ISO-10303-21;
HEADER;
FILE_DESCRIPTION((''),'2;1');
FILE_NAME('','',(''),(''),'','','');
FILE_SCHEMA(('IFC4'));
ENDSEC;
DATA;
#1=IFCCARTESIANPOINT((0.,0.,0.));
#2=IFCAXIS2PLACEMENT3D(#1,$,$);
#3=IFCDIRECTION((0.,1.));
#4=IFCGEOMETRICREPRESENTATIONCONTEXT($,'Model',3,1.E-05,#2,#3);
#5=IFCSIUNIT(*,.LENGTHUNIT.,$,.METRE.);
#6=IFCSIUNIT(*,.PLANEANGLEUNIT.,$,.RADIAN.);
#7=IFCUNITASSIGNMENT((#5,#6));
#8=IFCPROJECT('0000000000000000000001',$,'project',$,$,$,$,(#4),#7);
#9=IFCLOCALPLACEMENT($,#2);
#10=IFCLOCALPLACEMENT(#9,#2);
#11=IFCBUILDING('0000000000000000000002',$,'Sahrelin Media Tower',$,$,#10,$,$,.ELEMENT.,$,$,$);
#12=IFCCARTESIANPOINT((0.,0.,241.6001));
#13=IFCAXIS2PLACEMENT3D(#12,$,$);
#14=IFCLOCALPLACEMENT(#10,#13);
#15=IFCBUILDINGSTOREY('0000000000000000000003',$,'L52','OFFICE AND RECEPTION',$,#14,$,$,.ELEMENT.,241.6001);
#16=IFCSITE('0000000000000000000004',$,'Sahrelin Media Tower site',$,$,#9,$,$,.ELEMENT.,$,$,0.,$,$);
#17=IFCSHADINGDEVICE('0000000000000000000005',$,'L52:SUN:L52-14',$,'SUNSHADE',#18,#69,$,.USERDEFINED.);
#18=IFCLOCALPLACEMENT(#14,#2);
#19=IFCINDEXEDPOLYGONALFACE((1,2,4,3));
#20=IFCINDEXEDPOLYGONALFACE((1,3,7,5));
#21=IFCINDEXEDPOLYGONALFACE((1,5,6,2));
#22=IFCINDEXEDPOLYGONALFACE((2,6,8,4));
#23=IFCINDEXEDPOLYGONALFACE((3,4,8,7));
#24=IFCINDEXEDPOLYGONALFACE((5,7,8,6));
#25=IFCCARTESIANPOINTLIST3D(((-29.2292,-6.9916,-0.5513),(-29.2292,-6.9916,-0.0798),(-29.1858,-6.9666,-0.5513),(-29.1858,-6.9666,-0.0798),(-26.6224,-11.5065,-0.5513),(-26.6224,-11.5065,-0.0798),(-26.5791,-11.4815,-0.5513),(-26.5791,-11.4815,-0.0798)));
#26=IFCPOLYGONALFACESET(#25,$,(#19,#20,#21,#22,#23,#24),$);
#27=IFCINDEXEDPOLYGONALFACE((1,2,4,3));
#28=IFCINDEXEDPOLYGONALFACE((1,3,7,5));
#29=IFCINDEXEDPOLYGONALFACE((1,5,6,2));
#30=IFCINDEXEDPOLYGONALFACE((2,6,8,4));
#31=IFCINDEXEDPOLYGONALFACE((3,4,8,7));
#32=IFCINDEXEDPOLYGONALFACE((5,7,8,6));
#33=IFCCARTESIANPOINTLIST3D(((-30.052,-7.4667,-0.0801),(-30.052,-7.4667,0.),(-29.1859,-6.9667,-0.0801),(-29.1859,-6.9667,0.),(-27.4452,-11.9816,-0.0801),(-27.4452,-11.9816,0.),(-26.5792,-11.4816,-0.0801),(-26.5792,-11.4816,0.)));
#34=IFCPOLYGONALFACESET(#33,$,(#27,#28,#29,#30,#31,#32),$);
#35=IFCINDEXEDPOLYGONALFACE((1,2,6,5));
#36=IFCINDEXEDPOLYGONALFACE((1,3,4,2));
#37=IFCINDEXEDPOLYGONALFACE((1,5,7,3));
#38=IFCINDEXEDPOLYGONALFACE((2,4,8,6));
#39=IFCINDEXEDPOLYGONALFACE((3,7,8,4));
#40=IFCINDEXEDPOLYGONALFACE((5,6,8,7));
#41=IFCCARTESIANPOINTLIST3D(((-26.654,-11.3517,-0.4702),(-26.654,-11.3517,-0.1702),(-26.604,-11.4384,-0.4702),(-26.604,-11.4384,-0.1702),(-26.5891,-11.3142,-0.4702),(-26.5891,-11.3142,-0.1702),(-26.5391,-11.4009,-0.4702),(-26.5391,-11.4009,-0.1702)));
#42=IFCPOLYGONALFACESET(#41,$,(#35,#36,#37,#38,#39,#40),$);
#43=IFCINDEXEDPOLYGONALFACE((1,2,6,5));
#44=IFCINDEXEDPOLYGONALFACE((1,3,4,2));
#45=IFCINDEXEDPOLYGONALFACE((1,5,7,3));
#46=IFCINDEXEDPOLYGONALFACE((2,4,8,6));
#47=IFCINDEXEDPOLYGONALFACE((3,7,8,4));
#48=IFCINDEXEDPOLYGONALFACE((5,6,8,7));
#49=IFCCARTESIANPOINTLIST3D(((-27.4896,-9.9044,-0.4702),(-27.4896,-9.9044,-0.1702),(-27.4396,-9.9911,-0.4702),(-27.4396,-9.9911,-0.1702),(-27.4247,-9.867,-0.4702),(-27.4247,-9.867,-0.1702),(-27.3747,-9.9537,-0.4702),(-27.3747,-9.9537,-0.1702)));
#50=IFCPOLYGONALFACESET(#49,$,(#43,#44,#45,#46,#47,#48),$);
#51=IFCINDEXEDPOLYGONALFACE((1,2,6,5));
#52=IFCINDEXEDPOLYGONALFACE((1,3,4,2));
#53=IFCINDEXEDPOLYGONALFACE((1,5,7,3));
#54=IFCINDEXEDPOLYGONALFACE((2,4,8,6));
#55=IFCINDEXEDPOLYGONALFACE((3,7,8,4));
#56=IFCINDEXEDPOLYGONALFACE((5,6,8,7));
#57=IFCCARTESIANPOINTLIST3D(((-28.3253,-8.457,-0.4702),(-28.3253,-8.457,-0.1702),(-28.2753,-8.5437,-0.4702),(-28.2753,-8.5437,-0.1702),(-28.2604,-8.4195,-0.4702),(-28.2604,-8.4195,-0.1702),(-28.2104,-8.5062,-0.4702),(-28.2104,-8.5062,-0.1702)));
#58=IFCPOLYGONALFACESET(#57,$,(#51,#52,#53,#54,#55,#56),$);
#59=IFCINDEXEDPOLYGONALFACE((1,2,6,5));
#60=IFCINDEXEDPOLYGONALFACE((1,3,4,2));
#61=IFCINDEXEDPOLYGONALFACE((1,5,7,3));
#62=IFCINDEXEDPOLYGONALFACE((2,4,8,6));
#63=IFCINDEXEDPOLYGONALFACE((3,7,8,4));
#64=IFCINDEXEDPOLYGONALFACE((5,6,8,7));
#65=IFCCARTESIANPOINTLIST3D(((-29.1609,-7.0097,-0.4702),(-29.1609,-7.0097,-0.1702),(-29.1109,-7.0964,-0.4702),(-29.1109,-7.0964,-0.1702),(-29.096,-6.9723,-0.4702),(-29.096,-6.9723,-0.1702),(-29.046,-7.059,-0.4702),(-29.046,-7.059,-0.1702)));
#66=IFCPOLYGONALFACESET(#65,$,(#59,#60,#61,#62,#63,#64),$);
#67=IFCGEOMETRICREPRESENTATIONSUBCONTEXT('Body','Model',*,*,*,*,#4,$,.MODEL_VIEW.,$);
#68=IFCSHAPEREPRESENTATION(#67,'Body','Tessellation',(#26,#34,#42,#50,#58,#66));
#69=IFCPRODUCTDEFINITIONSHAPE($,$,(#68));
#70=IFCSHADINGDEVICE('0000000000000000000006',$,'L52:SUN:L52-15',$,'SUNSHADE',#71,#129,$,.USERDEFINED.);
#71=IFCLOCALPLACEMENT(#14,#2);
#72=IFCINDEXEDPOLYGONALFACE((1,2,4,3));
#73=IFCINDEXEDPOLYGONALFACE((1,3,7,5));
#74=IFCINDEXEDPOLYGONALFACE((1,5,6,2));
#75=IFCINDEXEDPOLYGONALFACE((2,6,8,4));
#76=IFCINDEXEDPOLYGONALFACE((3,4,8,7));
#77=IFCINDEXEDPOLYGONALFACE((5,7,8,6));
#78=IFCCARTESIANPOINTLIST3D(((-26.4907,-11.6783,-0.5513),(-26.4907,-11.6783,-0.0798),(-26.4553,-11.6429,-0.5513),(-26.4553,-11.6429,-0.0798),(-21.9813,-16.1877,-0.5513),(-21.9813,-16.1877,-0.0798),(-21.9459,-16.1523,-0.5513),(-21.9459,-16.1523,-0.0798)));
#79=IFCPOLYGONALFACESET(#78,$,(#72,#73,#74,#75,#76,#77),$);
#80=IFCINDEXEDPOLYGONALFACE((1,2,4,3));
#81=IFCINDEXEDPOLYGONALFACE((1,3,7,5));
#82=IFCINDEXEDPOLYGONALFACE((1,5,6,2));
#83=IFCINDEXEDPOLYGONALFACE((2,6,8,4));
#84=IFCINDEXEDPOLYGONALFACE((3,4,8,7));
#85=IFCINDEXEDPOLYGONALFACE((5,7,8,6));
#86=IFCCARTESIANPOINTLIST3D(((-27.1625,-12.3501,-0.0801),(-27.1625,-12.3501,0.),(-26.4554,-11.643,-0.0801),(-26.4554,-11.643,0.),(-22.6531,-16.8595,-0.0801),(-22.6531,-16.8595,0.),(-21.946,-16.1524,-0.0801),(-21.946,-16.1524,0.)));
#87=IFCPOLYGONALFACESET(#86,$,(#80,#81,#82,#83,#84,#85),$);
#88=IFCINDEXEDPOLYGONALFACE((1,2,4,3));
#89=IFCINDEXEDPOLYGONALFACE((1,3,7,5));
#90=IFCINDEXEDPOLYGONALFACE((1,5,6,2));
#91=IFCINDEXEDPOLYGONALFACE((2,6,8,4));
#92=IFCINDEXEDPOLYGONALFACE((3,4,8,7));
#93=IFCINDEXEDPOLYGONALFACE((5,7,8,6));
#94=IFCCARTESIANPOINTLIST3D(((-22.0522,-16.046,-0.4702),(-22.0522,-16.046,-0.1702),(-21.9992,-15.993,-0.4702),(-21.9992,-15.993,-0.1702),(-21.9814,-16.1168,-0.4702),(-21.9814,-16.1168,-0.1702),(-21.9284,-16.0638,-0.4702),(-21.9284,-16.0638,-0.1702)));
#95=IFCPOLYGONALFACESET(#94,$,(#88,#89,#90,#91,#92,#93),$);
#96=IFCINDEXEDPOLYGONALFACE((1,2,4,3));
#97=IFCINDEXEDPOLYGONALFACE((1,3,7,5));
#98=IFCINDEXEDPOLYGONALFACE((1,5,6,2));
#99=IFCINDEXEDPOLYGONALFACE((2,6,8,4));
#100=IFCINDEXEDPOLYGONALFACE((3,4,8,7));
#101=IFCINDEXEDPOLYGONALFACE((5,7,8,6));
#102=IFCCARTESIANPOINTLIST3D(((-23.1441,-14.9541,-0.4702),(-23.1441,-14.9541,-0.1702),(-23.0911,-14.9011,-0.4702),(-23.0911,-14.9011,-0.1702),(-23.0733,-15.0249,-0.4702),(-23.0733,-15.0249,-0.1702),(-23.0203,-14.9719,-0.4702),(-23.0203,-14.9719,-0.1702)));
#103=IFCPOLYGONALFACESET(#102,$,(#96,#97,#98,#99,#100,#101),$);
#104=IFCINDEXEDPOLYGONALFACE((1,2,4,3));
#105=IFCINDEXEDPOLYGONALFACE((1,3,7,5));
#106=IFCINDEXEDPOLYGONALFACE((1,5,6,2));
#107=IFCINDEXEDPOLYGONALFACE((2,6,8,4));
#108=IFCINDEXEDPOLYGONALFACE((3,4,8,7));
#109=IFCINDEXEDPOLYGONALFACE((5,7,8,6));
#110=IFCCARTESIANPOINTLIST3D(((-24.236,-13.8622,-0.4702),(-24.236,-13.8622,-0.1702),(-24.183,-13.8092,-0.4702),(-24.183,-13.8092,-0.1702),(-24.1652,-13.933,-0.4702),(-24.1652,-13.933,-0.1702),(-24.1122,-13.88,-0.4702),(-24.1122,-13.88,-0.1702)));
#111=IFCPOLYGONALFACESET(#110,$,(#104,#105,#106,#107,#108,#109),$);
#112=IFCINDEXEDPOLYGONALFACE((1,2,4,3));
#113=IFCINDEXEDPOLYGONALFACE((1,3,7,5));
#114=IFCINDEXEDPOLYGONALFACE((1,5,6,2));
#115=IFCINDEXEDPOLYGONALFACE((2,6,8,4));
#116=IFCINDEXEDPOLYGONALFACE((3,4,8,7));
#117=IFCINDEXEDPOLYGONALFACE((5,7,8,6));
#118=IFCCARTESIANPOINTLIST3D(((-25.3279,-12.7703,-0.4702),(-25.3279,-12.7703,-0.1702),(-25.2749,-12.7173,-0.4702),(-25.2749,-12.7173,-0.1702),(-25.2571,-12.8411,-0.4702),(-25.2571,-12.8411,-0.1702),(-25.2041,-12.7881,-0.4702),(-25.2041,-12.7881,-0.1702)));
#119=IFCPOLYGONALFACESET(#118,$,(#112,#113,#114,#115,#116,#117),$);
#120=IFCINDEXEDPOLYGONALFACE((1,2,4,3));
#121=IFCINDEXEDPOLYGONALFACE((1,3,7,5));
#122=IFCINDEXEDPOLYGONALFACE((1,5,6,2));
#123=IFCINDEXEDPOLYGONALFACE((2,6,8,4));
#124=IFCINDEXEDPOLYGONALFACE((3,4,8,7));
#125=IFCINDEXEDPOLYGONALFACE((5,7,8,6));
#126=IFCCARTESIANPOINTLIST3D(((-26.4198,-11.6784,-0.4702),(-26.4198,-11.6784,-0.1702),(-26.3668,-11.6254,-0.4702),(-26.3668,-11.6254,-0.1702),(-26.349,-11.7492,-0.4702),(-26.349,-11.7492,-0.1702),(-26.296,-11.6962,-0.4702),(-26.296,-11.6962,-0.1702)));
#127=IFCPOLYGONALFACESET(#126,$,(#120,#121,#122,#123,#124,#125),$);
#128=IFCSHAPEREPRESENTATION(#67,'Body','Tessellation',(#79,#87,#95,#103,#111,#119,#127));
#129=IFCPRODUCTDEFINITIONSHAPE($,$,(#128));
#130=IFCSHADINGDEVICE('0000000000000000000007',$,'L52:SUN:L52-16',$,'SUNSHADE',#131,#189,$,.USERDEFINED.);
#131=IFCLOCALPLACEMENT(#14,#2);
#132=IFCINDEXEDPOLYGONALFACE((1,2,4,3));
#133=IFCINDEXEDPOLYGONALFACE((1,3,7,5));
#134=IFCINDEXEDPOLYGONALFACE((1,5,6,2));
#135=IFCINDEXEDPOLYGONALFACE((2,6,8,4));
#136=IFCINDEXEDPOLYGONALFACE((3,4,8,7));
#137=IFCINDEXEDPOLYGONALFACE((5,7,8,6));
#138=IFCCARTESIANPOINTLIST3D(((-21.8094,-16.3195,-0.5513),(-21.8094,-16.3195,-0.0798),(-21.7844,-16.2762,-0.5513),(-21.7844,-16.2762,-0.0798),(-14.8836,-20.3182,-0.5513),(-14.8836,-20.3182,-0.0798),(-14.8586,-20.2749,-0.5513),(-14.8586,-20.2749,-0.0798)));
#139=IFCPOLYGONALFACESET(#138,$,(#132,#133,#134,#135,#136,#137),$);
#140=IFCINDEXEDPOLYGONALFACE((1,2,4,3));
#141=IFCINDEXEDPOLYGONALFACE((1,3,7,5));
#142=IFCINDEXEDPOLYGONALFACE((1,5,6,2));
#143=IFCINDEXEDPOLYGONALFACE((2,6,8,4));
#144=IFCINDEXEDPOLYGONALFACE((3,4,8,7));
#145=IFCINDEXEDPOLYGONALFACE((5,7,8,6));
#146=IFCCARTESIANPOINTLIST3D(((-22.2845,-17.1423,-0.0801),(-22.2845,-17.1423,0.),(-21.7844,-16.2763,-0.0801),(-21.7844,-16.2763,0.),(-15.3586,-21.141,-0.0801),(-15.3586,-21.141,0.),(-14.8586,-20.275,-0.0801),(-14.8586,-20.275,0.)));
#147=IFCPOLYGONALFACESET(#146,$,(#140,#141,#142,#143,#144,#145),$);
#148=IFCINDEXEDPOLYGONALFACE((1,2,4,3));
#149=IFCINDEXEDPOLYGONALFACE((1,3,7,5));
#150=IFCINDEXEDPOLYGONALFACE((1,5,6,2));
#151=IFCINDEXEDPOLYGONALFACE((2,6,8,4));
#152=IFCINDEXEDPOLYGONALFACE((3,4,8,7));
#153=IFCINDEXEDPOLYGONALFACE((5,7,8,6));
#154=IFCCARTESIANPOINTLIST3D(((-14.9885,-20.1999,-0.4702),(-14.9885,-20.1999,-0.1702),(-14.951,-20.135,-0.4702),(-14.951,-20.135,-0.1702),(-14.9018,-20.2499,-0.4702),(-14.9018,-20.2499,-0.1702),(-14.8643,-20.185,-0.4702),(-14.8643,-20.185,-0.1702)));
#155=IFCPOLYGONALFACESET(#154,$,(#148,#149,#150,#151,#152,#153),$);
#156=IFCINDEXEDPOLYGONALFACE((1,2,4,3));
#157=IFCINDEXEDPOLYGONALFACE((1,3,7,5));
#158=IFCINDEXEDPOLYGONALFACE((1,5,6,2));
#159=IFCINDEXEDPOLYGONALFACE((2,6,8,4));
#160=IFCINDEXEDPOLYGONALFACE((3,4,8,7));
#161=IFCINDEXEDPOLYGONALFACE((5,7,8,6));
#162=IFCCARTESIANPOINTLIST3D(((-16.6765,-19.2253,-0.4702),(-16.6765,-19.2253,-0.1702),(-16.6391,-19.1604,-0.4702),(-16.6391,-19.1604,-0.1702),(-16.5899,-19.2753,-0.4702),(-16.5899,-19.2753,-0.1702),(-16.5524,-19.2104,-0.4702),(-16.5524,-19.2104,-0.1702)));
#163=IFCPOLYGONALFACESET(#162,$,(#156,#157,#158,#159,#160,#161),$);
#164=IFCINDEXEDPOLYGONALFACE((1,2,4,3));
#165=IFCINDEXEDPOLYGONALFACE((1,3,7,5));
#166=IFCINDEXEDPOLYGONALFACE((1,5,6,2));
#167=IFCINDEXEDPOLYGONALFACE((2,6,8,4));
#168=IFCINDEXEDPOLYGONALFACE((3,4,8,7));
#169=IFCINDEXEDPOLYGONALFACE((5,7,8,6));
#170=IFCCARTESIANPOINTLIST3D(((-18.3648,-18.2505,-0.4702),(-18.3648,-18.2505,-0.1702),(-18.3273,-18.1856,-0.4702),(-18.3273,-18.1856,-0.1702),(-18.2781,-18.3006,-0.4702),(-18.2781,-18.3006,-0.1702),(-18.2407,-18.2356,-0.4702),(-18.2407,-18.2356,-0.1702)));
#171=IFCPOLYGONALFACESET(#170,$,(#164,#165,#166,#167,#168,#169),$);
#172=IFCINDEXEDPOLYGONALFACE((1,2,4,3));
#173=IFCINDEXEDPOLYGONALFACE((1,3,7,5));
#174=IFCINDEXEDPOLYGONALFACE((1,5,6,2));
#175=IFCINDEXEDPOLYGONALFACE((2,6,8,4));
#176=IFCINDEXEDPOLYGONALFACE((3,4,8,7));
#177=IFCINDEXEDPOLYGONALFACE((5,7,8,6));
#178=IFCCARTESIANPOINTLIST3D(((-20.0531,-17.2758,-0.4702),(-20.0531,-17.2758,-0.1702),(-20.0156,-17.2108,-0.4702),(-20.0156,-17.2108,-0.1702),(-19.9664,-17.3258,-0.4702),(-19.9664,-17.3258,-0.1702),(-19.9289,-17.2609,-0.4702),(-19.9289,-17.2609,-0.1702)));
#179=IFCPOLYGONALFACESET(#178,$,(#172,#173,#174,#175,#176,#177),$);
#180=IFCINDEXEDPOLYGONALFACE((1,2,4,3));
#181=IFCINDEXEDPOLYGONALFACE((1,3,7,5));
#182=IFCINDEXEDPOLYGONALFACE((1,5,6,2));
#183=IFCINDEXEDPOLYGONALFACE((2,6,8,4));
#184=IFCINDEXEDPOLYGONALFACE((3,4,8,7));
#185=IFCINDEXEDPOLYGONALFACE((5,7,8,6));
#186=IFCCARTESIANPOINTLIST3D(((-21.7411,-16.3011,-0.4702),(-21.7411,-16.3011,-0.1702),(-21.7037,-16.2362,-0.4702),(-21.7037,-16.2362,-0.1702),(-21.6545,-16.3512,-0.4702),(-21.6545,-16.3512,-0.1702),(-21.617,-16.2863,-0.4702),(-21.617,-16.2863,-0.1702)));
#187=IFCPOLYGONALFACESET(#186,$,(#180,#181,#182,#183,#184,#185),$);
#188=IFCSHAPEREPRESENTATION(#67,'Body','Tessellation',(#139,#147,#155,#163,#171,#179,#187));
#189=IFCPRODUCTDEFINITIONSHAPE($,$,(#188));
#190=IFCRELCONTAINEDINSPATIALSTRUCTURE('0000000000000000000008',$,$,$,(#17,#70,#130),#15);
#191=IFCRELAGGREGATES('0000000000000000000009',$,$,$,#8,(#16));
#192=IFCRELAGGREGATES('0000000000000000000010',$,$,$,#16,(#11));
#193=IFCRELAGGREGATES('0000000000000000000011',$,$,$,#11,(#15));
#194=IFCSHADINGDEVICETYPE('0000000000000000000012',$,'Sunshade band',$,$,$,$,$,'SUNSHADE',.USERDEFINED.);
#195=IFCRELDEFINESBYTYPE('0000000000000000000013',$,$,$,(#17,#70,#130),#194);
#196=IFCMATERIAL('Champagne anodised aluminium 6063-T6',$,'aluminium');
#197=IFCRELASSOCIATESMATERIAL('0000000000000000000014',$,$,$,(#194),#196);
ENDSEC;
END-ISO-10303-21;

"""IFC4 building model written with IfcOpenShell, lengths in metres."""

from ifc_helpers import new_model, si_unit, direction, frame, origin, origin_2d, place, context, subcontext, project, spatial, rectangle, extrude, material, type_object, element, save


model = new_model("IFC4")

# Units and contexts
model_context = context("Model", 3, precision=1e-05, world=origin(), true_north=direction((0.0, 1.0)))
body_context = subcontext(model_context, "Body", "Model", "MODEL_VIEW")
ifc_project = project(units=[si_unit("LENGTHUNIT", "METRE"), si_unit("PLANEANGLEUNIT", "RADIAN")], contexts=[model_context])

# Site, building, storey
site_placement = place(None, origin())
site = spatial("IfcSite", under=ifc_project, at=site_placement, Name="Sahrelin Media Tower site", CompositionType="ELEMENT", RefElevation=0.0)
building_placement = place(site_placement, origin())
building = spatial("IfcBuilding", under=site, at=building_placement, Name="Sahrelin Media Tower", CompositionType="ELEMENT")
storey_placement = place(building_placement, frame((0.0, 0.0, 241.6001)))
storey = spatial("IfcBuildingStorey", under=building, at=storey_placement, Name="L52", Description="OFFICE AND RECEPTION", CompositionType="ELEMENT", Elevation=241.6001)

# Shared definitions
ifc_material_1 = material(Name="Champagne anodised aluminium 6063-T6", Category="aluminium")

# Shading devices
placement_1 = place(storey_placement, frame((-27.8652, -9.2141, 0.0), z_axis=(0.0, 0.0, 1.0), x_axis=(-0.500011, 0.866019, 0.0)))
placement_2 = place(storey_placement, frame((-24.1865, -13.8835, 0.0), z_axis=(0.0, 0.0, 1.0), x_axis=(-0.707107, 0.707107, 0.0)))
shading_device_type_1 = type_object("IfcShadingDeviceType", Name="Sunshade band", ElementType="SUNSHADE", PredefinedType="USERDEFINED", material=ifc_material_1)
element("IfcShadingDevice", 1, at=placement_1, inside=storey, type_object=shading_device_type_1, Name="L52:SUN:L52-14", ObjectType="SUNSHADE", PredefinedType="USERDEFINED", context=body_context, shape_type="SweptSolid", body=[
    extrude(rectangle(XDim=5.2134, YDim=0.05, at=origin_2d()), frame((0.0, 0.0449, -0.5513)), (0.0, 0.0, 1.0), 0.4714),
    extrude(rectangle(XDim=5.2134, YDim=1.0, at=origin_2d()), frame((0.0, 0.52, -0.0801)), (0.0, 0.0, 1.0), 0.0801),
    extrude(rectangle(XDim=0.1001, YDim=0.075, at=origin_2d()), frame((-2.5068, -0.0176, -0.4702)), (0.0, 0.0, 1.0), 0.3),
    extrude(rectangle(XDim=0.1001, YDim=0.075, at=origin_2d()), frame((-0.8357, -0.0176, -0.4702)), (0.0, 0.0, 1.0), 0.3),
    extrude(rectangle(XDim=0.1001, YDim=0.075, at=origin_2d()), frame((0.8357, -0.0176, -0.4702)), (0.0, 0.0, 1.0), 0.3),
    extrude(rectangle(XDim=0.1001, YDim=0.075, at=origin_2d()), frame((2.5068, -0.0176, -0.4702)), (0.0, 0.0, 1.0), 0.3),
])
element("IfcShadingDevice", 2, at=placement_2, inside=storey, type_object=shading_device_type_1, Name="L52:SUN:L52-15", ObjectType="SUNSHADE", PredefinedType="USERDEFINED", context=body_context, shape_type="SweptSolid", body=[
    extrude(rectangle(XDim=6.3772, YDim=0.05, at=origin_2d()), frame((0.0, 0.0449, -0.5513)), (0.0, 0.0, 1.0), 0.4714),
    extrude(rectangle(XDim=6.3772, YDim=1.0, at=origin_2d()), frame((0.0, 0.52, -0.0801)), (0.0, 0.0, 1.0), 0.0801),
    extrude(rectangle(XDim=0.1001, YDim=0.075, at=origin_2d()), frame((-3.0884, -0.0176, -0.4702)), (0.0, 0.0, 1.0), 0.3),
    extrude(rectangle(XDim=0.1001, YDim=0.075, at=origin_2d()), frame((-1.5442, -0.0176, -0.4702)), (0.0, 0.0, 1.0), 0.3),
    extrude(rectangle(XDim=0.1001, YDim=0.075, at=origin_2d()), frame((0.0, -0.0176, -0.4702)), (0.0, 0.0, 1.0), 0.3),
    extrude(rectangle(XDim=0.1001, YDim=0.075, at=origin_2d()), frame((1.5442, -0.0176, -0.4702)), (0.0, 0.0, 1.0), 0.3),
    extrude(rectangle(XDim=0.1001, YDim=0.075, at=origin_2d()), frame((3.0884, -0.0176, -0.4702)), (0.0, 0.0, 1.0), 0.3),
])
shading_device_1_placement = place(storey_placement, frame((-18.3115, -18.2583, 0.0), z_axis=(0.0, 0.0, 1.0), x_axis=(-0.866019, 0.500011, 0.0)))
element("IfcShadingDevice", 3, at=shading_device_1_placement, inside=storey, type_object=shading_device_type_1, Name="L52:SUN:L52-16", ObjectType="SUNSHADE", PredefinedType="USERDEFINED", context=body_context, shape_type="SweptSolid", body=[
    extrude(rectangle(XDim=7.9973, YDim=0.05, at=origin_2d()), frame((0.0, 0.0449, -0.5513)), (0.0, 0.0, 1.0), 0.4714),
    extrude(rectangle(XDim=7.9973, YDim=1.0, at=origin_2d()), frame((0.0, 0.52, -0.0801)), (0.0, 0.0, 1.0), 0.0801),
    extrude(rectangle(XDim=0.1001, YDim=0.075, at=origin_2d()), frame((-3.8987, -0.0176, -0.4702)), (0.0, 0.0, 1.0), 0.3),
    extrude(rectangle(XDim=0.1001, YDim=0.075, at=origin_2d()), frame((-1.9495, -0.0176, -0.4702)), (0.0, 0.0, 1.0), 0.3),
    extrude(rectangle(XDim=0.1001, YDim=0.075, at=origin_2d()), frame((0.0, -0.0176, -0.4702)), (0.0, 0.0, 1.0), 0.3),
    extrude(rectangle(XDim=0.1001, YDim=0.075, at=origin_2d()), frame((1.9495, -0.0176, -0.4702)), (0.0, 0.0, 1.0), 0.3),
    extrude(rectangle(XDim=0.1001, YDim=0.075, at=origin_2d()), frame((3.8987, -0.0176, -0.4702)), (0.0, 0.0, 1.0), 0.3),
])

save(model, "model.ifc")
